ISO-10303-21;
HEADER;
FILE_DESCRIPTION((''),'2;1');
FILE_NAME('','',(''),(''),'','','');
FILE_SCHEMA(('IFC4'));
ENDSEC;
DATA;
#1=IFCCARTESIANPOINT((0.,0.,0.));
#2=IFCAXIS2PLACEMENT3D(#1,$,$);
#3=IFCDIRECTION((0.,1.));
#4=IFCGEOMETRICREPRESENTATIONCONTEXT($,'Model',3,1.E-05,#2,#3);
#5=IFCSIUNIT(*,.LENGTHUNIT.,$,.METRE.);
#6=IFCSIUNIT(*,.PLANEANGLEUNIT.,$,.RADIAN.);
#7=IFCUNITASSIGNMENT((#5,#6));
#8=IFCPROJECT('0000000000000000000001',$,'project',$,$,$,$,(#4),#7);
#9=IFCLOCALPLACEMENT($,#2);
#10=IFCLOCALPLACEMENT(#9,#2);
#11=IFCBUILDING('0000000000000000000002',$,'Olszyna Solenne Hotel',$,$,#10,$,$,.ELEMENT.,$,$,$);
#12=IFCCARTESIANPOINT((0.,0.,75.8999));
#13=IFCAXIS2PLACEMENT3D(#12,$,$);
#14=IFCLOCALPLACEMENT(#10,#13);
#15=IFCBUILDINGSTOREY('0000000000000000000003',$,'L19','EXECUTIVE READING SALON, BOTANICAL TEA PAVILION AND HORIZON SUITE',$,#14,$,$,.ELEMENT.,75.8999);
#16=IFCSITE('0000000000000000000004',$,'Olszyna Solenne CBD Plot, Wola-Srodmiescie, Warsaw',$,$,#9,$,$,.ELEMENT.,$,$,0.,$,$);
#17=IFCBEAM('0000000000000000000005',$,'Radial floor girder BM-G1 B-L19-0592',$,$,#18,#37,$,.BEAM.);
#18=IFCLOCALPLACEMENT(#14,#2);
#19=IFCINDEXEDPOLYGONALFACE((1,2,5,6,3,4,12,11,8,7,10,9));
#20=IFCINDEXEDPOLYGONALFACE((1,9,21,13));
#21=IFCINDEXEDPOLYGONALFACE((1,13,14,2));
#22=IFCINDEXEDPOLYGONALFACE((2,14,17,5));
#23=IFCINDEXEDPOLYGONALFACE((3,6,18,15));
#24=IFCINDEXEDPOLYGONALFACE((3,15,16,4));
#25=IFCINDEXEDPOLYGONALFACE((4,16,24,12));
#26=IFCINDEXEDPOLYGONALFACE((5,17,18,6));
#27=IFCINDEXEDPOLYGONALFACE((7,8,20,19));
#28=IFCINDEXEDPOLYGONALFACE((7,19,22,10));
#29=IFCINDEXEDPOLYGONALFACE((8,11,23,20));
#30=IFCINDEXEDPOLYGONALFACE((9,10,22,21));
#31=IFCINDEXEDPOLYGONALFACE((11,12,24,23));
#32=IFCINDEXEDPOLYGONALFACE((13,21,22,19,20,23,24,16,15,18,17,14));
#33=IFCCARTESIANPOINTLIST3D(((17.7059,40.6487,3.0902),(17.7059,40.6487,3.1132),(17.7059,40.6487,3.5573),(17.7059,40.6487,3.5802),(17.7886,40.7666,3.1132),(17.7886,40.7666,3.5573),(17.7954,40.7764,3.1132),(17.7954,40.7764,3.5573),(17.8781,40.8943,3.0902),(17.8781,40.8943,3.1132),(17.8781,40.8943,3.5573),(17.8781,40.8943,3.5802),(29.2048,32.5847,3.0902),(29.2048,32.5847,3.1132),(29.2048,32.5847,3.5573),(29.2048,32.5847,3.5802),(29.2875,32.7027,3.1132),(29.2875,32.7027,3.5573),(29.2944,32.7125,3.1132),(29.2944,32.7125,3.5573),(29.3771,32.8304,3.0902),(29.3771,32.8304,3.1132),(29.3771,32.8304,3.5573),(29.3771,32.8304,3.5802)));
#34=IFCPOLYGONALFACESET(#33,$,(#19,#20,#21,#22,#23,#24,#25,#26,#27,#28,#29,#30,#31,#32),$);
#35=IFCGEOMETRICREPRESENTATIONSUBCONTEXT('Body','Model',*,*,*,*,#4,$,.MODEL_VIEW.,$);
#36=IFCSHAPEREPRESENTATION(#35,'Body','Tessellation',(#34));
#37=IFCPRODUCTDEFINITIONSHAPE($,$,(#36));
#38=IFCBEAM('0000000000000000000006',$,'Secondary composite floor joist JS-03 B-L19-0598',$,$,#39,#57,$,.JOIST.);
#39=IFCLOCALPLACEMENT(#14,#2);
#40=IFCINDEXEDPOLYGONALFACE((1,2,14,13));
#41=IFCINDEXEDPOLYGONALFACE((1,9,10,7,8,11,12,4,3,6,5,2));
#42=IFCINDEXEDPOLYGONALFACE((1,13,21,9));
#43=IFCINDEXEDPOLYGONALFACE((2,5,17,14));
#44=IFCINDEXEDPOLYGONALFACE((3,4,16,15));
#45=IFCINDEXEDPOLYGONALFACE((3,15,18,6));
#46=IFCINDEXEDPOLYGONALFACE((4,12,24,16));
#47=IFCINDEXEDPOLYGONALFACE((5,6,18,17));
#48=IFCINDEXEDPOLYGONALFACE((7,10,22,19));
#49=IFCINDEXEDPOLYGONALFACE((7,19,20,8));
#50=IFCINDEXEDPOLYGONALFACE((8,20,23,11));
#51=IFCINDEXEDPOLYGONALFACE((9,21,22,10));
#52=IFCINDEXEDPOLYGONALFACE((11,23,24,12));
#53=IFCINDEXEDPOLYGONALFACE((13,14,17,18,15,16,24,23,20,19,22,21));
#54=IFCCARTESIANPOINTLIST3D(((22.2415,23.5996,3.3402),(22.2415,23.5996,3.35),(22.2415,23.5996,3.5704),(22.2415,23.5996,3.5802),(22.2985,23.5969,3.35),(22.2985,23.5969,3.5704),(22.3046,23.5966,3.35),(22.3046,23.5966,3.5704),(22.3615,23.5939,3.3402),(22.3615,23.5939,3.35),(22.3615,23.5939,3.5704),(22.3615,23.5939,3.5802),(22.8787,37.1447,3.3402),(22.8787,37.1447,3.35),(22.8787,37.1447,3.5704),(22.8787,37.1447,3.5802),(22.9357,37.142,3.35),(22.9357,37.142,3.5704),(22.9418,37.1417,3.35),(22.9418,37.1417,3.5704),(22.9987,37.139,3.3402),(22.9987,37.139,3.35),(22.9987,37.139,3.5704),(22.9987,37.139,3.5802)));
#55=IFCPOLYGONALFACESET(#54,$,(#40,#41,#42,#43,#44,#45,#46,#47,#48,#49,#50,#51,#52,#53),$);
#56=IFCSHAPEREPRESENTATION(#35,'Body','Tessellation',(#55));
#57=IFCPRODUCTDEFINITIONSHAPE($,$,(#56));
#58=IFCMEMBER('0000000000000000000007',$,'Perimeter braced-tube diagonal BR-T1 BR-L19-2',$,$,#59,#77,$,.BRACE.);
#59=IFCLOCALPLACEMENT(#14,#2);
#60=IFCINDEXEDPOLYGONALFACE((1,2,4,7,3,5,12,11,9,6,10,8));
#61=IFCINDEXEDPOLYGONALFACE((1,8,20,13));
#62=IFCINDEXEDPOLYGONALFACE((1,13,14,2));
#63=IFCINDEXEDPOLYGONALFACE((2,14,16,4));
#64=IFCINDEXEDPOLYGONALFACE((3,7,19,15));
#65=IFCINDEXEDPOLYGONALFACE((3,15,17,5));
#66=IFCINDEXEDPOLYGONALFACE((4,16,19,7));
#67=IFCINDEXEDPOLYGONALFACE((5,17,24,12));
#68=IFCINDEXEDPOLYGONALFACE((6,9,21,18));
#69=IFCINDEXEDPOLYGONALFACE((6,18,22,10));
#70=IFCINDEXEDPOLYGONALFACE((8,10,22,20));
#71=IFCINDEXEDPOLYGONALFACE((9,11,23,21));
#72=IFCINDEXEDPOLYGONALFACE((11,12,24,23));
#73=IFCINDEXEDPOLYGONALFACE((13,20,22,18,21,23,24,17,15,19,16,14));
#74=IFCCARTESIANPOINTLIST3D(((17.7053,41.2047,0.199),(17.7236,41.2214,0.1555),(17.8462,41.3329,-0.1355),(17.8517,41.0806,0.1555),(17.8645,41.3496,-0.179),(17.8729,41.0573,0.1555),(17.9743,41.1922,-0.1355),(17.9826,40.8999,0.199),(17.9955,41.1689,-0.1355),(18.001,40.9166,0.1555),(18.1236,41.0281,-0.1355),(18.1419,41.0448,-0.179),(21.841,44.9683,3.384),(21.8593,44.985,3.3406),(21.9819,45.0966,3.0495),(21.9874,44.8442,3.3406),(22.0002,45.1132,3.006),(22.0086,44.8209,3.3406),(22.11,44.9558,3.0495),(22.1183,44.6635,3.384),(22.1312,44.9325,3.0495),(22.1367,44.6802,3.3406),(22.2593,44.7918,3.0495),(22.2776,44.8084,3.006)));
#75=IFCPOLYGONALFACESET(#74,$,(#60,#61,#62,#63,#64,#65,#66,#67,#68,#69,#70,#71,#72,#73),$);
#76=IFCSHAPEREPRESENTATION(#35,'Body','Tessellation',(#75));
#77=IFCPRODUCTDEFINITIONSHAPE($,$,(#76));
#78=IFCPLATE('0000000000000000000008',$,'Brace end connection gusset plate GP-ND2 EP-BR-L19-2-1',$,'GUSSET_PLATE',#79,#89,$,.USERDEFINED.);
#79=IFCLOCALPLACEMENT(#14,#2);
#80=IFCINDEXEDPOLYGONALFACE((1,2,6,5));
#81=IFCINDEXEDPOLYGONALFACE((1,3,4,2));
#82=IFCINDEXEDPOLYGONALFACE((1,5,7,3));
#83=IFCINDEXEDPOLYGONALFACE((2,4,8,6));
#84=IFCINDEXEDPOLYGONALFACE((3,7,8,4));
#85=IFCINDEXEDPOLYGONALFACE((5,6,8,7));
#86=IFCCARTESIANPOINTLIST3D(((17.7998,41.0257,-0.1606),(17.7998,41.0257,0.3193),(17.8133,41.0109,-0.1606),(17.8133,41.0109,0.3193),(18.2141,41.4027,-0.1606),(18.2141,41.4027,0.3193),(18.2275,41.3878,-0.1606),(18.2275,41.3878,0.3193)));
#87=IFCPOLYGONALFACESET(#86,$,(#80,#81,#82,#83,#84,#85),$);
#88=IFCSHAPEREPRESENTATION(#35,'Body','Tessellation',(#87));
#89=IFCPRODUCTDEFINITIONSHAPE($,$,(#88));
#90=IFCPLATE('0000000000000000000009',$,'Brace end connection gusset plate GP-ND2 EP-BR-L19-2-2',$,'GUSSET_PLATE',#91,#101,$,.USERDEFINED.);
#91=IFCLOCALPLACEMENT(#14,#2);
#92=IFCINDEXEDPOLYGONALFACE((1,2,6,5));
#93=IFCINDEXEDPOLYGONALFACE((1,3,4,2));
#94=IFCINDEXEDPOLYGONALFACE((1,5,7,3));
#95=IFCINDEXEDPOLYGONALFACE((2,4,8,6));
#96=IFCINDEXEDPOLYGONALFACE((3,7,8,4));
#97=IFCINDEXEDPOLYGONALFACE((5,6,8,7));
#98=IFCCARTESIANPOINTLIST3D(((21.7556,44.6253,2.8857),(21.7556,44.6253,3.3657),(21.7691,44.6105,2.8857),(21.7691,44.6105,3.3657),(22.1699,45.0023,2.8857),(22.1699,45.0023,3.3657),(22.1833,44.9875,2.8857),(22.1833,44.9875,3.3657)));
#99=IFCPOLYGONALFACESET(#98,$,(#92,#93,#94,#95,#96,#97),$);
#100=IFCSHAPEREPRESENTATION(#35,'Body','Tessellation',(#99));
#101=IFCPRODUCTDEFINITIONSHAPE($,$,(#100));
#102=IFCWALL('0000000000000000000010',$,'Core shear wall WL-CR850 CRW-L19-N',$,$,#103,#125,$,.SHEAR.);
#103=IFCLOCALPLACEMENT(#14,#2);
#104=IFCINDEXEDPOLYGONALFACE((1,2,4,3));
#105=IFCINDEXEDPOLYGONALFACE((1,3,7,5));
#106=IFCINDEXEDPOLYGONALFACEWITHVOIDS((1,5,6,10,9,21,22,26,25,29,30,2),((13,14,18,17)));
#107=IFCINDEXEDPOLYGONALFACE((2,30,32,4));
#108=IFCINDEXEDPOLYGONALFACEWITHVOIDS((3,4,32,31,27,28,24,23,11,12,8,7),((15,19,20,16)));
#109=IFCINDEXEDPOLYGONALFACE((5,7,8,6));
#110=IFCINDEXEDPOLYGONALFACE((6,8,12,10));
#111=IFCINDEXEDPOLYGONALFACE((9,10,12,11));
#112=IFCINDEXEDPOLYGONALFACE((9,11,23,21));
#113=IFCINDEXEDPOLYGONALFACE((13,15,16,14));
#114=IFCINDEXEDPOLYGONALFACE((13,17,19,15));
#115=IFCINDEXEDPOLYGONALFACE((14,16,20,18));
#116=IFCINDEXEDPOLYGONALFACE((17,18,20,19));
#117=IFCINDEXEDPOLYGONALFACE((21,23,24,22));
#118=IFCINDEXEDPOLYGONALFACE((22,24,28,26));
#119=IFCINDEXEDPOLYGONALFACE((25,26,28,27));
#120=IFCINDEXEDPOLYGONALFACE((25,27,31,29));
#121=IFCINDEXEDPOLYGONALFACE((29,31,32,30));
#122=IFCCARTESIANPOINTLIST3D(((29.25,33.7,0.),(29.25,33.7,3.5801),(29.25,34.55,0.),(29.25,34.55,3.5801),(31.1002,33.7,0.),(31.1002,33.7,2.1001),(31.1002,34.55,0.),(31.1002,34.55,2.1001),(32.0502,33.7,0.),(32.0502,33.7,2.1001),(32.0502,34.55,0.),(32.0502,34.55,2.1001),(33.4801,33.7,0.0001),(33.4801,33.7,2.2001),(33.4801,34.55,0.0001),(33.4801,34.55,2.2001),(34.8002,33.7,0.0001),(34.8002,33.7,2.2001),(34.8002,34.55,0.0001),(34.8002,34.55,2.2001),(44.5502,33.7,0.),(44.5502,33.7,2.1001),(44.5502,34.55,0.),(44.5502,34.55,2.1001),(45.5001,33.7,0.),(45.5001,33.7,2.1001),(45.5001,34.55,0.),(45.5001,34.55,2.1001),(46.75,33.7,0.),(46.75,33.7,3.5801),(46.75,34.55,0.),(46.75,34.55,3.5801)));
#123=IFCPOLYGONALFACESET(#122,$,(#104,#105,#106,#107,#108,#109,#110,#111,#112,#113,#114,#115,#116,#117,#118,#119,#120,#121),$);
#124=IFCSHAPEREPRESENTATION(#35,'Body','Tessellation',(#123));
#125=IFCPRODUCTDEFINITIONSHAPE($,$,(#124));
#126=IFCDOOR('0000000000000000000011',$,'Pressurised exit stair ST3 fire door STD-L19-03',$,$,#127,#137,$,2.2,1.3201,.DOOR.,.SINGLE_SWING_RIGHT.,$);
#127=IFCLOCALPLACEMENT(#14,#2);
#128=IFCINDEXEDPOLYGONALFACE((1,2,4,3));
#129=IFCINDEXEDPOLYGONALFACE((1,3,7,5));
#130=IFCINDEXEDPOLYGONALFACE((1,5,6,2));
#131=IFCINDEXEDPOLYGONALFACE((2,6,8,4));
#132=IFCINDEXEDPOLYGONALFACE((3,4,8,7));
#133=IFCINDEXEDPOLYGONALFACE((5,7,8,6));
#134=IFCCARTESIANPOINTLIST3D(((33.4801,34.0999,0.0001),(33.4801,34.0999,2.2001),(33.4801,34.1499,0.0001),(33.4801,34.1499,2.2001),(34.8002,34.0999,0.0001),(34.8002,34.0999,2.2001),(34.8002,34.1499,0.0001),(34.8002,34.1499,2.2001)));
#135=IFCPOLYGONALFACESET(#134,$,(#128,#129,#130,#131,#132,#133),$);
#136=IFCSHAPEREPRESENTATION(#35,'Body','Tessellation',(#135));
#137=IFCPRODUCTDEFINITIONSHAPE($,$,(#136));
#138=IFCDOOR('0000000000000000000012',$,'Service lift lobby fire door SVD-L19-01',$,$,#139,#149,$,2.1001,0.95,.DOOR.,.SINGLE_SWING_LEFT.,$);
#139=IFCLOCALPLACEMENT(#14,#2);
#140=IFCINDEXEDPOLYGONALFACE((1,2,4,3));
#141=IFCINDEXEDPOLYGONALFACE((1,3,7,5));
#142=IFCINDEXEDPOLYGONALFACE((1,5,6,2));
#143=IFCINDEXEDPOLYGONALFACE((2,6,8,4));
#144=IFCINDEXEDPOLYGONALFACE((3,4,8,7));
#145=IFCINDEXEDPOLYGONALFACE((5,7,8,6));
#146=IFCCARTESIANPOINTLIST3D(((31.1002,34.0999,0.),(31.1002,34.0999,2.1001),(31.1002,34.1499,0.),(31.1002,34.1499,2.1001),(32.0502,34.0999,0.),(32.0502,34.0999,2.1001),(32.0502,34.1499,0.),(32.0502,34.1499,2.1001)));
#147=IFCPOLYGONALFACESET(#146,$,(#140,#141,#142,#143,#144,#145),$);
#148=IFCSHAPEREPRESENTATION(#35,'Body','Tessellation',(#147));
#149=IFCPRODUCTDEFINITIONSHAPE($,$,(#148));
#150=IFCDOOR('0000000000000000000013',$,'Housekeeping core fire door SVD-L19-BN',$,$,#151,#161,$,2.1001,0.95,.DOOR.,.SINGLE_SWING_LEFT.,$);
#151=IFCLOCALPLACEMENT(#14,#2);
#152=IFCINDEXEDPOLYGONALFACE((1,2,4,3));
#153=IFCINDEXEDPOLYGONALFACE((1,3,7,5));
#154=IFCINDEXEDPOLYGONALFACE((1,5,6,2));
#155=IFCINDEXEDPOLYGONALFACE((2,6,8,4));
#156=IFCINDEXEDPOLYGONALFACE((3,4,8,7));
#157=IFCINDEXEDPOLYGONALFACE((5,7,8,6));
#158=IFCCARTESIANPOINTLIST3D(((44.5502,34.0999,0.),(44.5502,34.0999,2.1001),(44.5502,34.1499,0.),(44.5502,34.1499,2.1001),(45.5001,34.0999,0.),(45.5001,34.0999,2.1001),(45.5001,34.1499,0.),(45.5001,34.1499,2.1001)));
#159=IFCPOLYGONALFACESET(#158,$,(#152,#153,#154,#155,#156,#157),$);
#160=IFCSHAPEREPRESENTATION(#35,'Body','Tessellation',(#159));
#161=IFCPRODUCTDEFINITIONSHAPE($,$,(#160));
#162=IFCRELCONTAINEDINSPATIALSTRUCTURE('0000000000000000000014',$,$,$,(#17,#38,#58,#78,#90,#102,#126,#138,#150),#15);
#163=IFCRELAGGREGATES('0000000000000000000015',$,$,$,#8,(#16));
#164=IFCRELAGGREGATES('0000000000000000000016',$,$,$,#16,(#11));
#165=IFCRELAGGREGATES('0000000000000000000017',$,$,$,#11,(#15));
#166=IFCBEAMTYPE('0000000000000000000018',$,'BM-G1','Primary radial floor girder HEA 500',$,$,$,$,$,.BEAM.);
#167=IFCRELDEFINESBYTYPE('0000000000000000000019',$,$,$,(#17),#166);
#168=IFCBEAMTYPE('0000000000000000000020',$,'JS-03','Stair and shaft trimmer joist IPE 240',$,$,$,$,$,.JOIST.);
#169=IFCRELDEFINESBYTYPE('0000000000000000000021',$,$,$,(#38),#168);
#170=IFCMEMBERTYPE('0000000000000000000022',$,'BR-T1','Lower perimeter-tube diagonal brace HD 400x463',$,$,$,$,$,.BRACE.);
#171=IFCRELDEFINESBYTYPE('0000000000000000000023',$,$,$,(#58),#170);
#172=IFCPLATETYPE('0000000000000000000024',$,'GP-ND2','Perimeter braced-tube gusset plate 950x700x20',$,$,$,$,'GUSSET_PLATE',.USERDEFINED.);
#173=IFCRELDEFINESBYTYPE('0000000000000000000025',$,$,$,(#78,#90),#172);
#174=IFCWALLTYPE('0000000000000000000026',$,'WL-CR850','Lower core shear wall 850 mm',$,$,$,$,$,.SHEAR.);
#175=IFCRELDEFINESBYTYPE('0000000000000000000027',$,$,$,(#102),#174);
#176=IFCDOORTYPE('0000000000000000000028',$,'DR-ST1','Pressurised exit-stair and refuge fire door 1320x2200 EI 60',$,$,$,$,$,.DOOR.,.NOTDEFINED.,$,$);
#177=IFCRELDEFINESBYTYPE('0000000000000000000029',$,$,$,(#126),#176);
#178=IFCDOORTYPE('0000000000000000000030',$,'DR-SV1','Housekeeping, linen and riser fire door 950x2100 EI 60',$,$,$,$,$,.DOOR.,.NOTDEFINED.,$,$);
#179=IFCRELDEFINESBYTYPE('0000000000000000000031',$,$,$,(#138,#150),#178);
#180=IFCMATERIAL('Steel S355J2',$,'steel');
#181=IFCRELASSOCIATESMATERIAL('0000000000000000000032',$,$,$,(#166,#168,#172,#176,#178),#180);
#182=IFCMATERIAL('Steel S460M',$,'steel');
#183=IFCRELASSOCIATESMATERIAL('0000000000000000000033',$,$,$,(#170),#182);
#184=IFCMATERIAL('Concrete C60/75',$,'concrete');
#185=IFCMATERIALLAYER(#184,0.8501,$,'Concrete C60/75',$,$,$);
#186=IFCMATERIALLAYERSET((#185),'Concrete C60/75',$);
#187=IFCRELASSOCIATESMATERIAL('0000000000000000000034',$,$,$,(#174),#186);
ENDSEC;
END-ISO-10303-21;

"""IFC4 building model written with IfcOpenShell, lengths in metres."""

from ifc_helpers import new_model, si_unit, direction, frame, frame_2d, origin, origin_2d, place, context, subcontext, project, spatial, rectangle, i_section, extrude, source, transform, mapped, material, layer, layer_set, material_profile, profile_set, type_object, type_shapes, element, fill, save


model = new_model("IFC4")

# Units and contexts
model_context = context("Model", 3, precision=1e-05, world=origin(), true_north=direction((0.0, 1.0)))
body_context = subcontext(model_context, "Body", "Model", "MODEL_VIEW")
ifc_project = project(units=[si_unit("LENGTHUNIT", "METRE"), si_unit("PLANEANGLEUNIT", "RADIAN")], contexts=[model_context])

# Site, building, storey
site_placement = place(None, origin())
site = spatial("IfcSite", under=ifc_project, at=site_placement, Name="Olszyna Solenne CBD Plot, Wola-Srodmiescie, Warsaw", CompositionType="ELEMENT", RefElevation=0.0)
building_placement = place(site_placement, origin())
building = spatial("IfcBuilding", under=site, at=building_placement, Name="Olszyna Solenne Hotel", CompositionType="ELEMENT")
storey_placement = place(building_placement, frame((0.0, 0.0, 75.8999)))
storey = spatial("IfcBuildingStorey", under=building, at=storey_placement, Name="L19", Description="EXECUTIVE READING SALON, BOTANICAL TEA PAVILION AND HORIZON SUITE", CompositionType="ELEMENT", Elevation=75.8999)

# Shared definitions
ifc_material_1 = material(Name="Steel S460M", Category="steel")

# Beams
ifc_material_2 = material(Name="Steel S355J2", Category="steel")
ifc_material_profile_1 = material_profile(ifc_material_2, i_section(OverallWidth=0.3, OverallDepth=0.49, WebThickness=0.012, FlangeThickness=0.0229, at=origin_2d()), Name="HEA 500", Category="load-bearing")
ifc_profile_set_1 = profile_set([ifc_material_profile_1], Name="Steel S355J2")
beam_type_1 = type_object("IfcBeamType", Name="BM-G1", Description="Primary radial floor girder HEA 500", PredefinedType="BEAM", material=ifc_profile_set_1)
shared_shape_1 = source(origin(), body_context, "Body", "SweptSolid", [
    extrude(i_section(OverallWidth=0.3, OverallDepth=0.49, WebThickness=0.012, FlangeThickness=0.0229, at=origin_2d()), origin(), (0.0, 0.0, 1.0), 14.0447),
])
beam_1_placement = place(storey_placement, frame((17.792, 40.7715, 3.3352), z_axis=(0.818742, -0.574162, 0.0), x_axis=(0.574162, 0.818742, 0.0)))
element("IfcBeam", 1, at=beam_1_placement, inside=storey, type_object=beam_type_1, Name="Radial floor girder BM-G1 B-L19-0592", PredefinedType="BEAM", context=body_context, shape_type="MappedRepresentation", body=[
    mapped(shared_shape_1, transform((0.0, 0.0, 0.0), x_axis=(1.0, 0.0, 0.0), y_axis=(0.0, 1.0, 0.0), z_axis=(0.0, 0.0, 1.0), scale=1.0)),
])
ifc_material_profile_2 = material_profile(ifc_material_2, i_section(OverallWidth=0.1201, OverallDepth=0.24, WebThickness=0.0061, FlangeThickness=0.0098, at=origin_2d()), Name="IPE 240", Category="load-bearing")
ifc_profile_set_2 = profile_set([ifc_material_profile_2], Name="Steel S355J2")
beam_type_2 = type_object("IfcBeamType", Name="JS-03", Description="Stair and shaft trimmer joist IPE 240", PredefinedType="JOIST", material=ifc_profile_set_2)
shared_shape_2 = source(origin(), body_context, "Body", "SweptSolid", [
    extrude(i_section(OverallWidth=0.1201, OverallDepth=0.24, WebThickness=0.0061, FlangeThickness=0.0098, at=origin_2d()), origin(), (0.0, 0.0, 1.0), 13.5601),
])
beam_2_placement = place(storey_placement, frame((22.9387, 37.1418, 3.4602), z_axis=(-0.046991, -0.998895, 0.0), x_axis=(0.998895, -0.046991, 0.0)))
element("IfcBeam", 2, at=beam_2_placement, inside=storey, type_object=beam_type_2, Name="Secondary composite floor joist JS-03 B-L19-0598", PredefinedType="JOIST", context=body_context, shape_type="MappedRepresentation", body=[
    mapped(shared_shape_2, transform((0.0, 0.0, 0.0), x_axis=(1.0, 0.0, 0.0), y_axis=(0.0, 1.0, 0.0), z_axis=(0.0, 0.0, 1.0), scale=1.0)),
])

# Member
ifc_material_profile_3 = material_profile(ifc_material_1, i_section(OverallWidth=0.4121, OverallDepth=0.4351, WebThickness=0.0315, FlangeThickness=0.05, at=origin_2d()), Name="HD 400x463", Category="load-bearing")
ifc_profile_set_3 = profile_set([ifc_material_profile_3], Name="Steel S460M")
member_type = type_object("IfcMemberType", Name="BR-T1", Description="Lower perimeter-tube diagonal brace HD 400x463", PredefinedType="BRACE", material=ifc_profile_set_3)
shared_shape_3 = source(origin(), body_context, "Body", "SweptSolid", [
    extrude(i_section(OverallWidth=0.4121, OverallDepth=0.4351, WebThickness=0.0315, FlangeThickness=0.05, at=origin_2d()), origin(), (0.0, 0.0, 1.0), 6.4353),
])
member_placement = place(storey_placement, frame((17.9236, 41.1248, 0.01), z_axis=(0.642656, 0.58484, 0.494929), x_axis=(-0.673055, 0.739592, 0.0)))
element("IfcMember", 3, at=member_placement, inside=storey, type_object=member_type, Name="Perimeter braced-tube diagonal BR-T1 BR-L19-2", PredefinedType="BRACE", context=body_context, shape_type="MappedRepresentation", body=[
    mapped(shared_shape_3, transform((0.0, 0.0, 0.0), x_axis=(1.0, 0.0, 0.0), y_axis=(0.0, 1.0, 0.0), z_axis=(0.0, 0.0, 1.0), scale=1.0)),
])

# Plates
plate_type = type_object("IfcPlateType", Name="GP-ND2", Description="Perimeter braced-tube gusset plate 950x700x20", ElementType="GUSSET_PLATE", PredefinedType="USERDEFINED", material=ifc_material_2)
shared_shape_4 = source(origin(), body_context, "Body", "SweptSolid", [
    extrude(rectangle(XDim=0.5601, YDim=0.02, at=origin_2d()), origin(), (0.0, 0.0, 1.0), 0.48),
])
for number, where, z_axis, x_axis, name in (
    (4, (18.0137, 41.2068, -0.1606), (0.0, 0.0, 1.0), (0.739631, 0.673013, 0.0), "Brace end connection gusset plate GP-ND2 EP-BR-L19-2-1"),
    (5, (21.9695, 44.8064, 2.8857), (0.0, 0.0, 1.0), (0.739631, 0.673013, 0.0), "Brace end connection gusset plate GP-ND2 EP-BR-L19-2-2"),
):
    element("IfcPlate", number, at=place(storey_placement, frame(where, z_axis=z_axis, x_axis=x_axis)), inside=storey, type_object=plate_type, Name=name, ObjectType="GUSSET_PLATE", PredefinedType="USERDEFINED", context=body_context, shape_type="MappedRepresentation", body=[
        mapped(shared_shape_4, transform((0.0, 0.0, 0.0), x_axis=(1.0, 0.0, 0.0), y_axis=(0.0, 1.0, 0.0), z_axis=(0.0, 0.0, 1.0), scale=1.0)),
    ])

# Wall, openings, doors
ifc_material_3 = material(Name="Concrete C60/75", Category="concrete")
ifc_layer_1 = layer(ifc_material_3, 0.8501, Name="Concrete C60/75")
ifc_layer_set_1 = layer_set([ifc_layer_1], Name="Concrete C60/75")
wall_type_1 = type_object("IfcWallType", Name="WL-CR850", Description="Lower core shear wall 850 mm", PredefinedType="SHEAR", material=ifc_layer_set_1)
wall_1_placement = place(storey_placement, frame((29.25, 34.125, 0.0), z_axis=(0.0, 0.0, 1.0), x_axis=(1.0, 0.0, 0.0)))
wall_1 = element("IfcWall", 6, at=wall_1_placement, inside=storey, type_object=wall_type_1, Name="Core shear wall WL-CR850 CRW-L19-N", PredefinedType="SHEAR", context=body_context, shape_type="SweptSolid", body=[
    extrude(rectangle(XDim=17.5, YDim=0.8501, at=frame_2d((8.75, 0.0))), origin(), (0.0, 0.0, 1.0), 3.5801),
])
opening_1_placement = place(wall_1_placement, frame((1.8501, 0.0, 0.0)))
opening_1 = element("IfcOpeningElement", 7, at=opening_1_placement, cuts=wall_1, PredefinedType="OPENING", context=body_context, shape_type="SweptSolid", body=[
    extrude(rectangle(XDim=0.95, YDim=2.1001, at=frame_2d((0.4751, 1.05))), frame((0.0, 0.4351, 0.0), z_axis=(0.0, -1.0, 0.0), x_axis=(1.0, 0.0, 0.0)), (0.0, 0.0, 1.0), 0.8701),
])
opening_2_placement = place(wall_1_placement, frame((4.23, 0.0, 0.0)))
opening_2 = element("IfcOpeningElement", 8, at=opening_2_placement, cuts=wall_1, PredefinedType="OPENING", context=body_context, shape_type="SweptSolid", body=[
    extrude(rectangle(XDim=1.3201, YDim=2.2, at=frame_2d((0.6602, 1.1001))), frame((0.0, 0.4351, 0.0), z_axis=(0.0, -1.0, 0.0), x_axis=(1.0, 0.0, 0.0)), (0.0, 0.0, 1.0), 0.8701),
])
opening_3_placement = place(wall_1_placement, frame((15.3, 0.0, 0.0)))
opening_3 = element("IfcOpeningElement", 9, at=opening_3_placement, cuts=wall_1, PredefinedType="OPENING", context=body_context, shape_type="SweptSolid", body=[
    extrude(rectangle(XDim=0.95, YDim=2.1001, at=frame_2d((0.4751, 1.05))), frame((0.0, 0.4351, 0.0), z_axis=(0.0, -1.0, 0.0), x_axis=(1.0, 0.0, 0.0)), (0.0, 0.0, 1.0), 0.8701),
])
door_type_1 = type_object("IfcDoorType", Name="DR-ST1", Description="Pressurised exit-stair and refuge fire door 1320x2200 EI 60", OperationType="NOTDEFINED", PredefinedType="DOOR", material=ifc_material_2)
shared_shape_5 = source(origin(), body_context, "Body", "SweptSolid", [
    extrude(rectangle(XDim=1.3201, YDim=2.2, at=frame_2d((0.6602, 1.1001))), frame((0.0, 0.0249, 0.0), z_axis=(0.0, -1.0, 0.0), x_axis=(1.0, 0.0, 0.0)), (0.0, 0.0, 1.0), 0.05),
])
type_shapes(door_type_1, [shared_shape_5])
door_1_placement = place(opening_2_placement, origin())
door_1 = element("IfcDoor", 10, at=door_1_placement, inside=storey, type_object=door_type_1, Name="Pressurised exit stair ST3 fire door STD-L19-03", OperationType="SINGLE_SWING_RIGHT", OverallHeight=2.2, OverallWidth=1.3201, PredefinedType="DOOR", context=body_context, shape_type="MappedRepresentation", body=[
    mapped(shared_shape_5, transform((0.0, 0.0, 0.0), x_axis=(1.0, 0.0, 0.0), y_axis=(0.0, 1.0, 0.0), z_axis=(0.0, 0.0, 1.0), scale=1.0)),
])
fill(opening_2, door_1)
door_type_2 = type_object("IfcDoorType", Name="DR-SV1", Description="Housekeeping, linen and riser fire door 950x2100 EI 60", OperationType="NOTDEFINED", PredefinedType="DOOR", material=ifc_material_2)
shared_shape_6 = source(origin(), body_context, "Body", "SweptSolid", [
    extrude(rectangle(XDim=0.95, YDim=2.1001, at=frame_2d((0.4751, 1.05))), frame((0.0, 0.0249, 0.0), z_axis=(0.0, -1.0, 0.0), x_axis=(1.0, 0.0, 0.0)), (0.0, 0.0, 1.0), 0.05),
])
type_shapes(door_type_2, [shared_shape_6])
door_2_placement = place(opening_1_placement, origin())
door_2 = element("IfcDoor", 11, at=door_2_placement, inside=storey, type_object=door_type_2, Name="Service lift lobby fire door SVD-L19-01", OperationType="SINGLE_SWING_LEFT", OverallHeight=2.1001, OverallWidth=0.95, PredefinedType="DOOR", context=body_context, shape_type="MappedRepresentation", body=[
    mapped(shared_shape_6, transform((0.0, 0.0, 0.0), x_axis=(1.0, 0.0, 0.0), y_axis=(0.0, 1.0, 0.0), z_axis=(0.0, 0.0, 1.0), scale=1.0)),
])
fill(opening_1, door_2)
door_3_placement = place(opening_3_placement, origin())
door_3 = element("IfcDoor", 12, at=door_3_placement, inside=storey, type_object=door_type_2, Name="Housekeeping core fire door SVD-L19-BN", OperationType="SINGLE_SWING_LEFT", OverallHeight=2.1001, OverallWidth=0.95, PredefinedType="DOOR", context=body_context, shape_type="MappedRepresentation", body=[
    mapped(shared_shape_6, transform((0.0, 0.0, 0.0), x_axis=(1.0, 0.0, 0.0), y_axis=(0.0, 1.0, 0.0), z_axis=(0.0, 0.0, 1.0), scale=1.0)),
])
fill(opening_3, door_3)

save(model, "model.ifc")
